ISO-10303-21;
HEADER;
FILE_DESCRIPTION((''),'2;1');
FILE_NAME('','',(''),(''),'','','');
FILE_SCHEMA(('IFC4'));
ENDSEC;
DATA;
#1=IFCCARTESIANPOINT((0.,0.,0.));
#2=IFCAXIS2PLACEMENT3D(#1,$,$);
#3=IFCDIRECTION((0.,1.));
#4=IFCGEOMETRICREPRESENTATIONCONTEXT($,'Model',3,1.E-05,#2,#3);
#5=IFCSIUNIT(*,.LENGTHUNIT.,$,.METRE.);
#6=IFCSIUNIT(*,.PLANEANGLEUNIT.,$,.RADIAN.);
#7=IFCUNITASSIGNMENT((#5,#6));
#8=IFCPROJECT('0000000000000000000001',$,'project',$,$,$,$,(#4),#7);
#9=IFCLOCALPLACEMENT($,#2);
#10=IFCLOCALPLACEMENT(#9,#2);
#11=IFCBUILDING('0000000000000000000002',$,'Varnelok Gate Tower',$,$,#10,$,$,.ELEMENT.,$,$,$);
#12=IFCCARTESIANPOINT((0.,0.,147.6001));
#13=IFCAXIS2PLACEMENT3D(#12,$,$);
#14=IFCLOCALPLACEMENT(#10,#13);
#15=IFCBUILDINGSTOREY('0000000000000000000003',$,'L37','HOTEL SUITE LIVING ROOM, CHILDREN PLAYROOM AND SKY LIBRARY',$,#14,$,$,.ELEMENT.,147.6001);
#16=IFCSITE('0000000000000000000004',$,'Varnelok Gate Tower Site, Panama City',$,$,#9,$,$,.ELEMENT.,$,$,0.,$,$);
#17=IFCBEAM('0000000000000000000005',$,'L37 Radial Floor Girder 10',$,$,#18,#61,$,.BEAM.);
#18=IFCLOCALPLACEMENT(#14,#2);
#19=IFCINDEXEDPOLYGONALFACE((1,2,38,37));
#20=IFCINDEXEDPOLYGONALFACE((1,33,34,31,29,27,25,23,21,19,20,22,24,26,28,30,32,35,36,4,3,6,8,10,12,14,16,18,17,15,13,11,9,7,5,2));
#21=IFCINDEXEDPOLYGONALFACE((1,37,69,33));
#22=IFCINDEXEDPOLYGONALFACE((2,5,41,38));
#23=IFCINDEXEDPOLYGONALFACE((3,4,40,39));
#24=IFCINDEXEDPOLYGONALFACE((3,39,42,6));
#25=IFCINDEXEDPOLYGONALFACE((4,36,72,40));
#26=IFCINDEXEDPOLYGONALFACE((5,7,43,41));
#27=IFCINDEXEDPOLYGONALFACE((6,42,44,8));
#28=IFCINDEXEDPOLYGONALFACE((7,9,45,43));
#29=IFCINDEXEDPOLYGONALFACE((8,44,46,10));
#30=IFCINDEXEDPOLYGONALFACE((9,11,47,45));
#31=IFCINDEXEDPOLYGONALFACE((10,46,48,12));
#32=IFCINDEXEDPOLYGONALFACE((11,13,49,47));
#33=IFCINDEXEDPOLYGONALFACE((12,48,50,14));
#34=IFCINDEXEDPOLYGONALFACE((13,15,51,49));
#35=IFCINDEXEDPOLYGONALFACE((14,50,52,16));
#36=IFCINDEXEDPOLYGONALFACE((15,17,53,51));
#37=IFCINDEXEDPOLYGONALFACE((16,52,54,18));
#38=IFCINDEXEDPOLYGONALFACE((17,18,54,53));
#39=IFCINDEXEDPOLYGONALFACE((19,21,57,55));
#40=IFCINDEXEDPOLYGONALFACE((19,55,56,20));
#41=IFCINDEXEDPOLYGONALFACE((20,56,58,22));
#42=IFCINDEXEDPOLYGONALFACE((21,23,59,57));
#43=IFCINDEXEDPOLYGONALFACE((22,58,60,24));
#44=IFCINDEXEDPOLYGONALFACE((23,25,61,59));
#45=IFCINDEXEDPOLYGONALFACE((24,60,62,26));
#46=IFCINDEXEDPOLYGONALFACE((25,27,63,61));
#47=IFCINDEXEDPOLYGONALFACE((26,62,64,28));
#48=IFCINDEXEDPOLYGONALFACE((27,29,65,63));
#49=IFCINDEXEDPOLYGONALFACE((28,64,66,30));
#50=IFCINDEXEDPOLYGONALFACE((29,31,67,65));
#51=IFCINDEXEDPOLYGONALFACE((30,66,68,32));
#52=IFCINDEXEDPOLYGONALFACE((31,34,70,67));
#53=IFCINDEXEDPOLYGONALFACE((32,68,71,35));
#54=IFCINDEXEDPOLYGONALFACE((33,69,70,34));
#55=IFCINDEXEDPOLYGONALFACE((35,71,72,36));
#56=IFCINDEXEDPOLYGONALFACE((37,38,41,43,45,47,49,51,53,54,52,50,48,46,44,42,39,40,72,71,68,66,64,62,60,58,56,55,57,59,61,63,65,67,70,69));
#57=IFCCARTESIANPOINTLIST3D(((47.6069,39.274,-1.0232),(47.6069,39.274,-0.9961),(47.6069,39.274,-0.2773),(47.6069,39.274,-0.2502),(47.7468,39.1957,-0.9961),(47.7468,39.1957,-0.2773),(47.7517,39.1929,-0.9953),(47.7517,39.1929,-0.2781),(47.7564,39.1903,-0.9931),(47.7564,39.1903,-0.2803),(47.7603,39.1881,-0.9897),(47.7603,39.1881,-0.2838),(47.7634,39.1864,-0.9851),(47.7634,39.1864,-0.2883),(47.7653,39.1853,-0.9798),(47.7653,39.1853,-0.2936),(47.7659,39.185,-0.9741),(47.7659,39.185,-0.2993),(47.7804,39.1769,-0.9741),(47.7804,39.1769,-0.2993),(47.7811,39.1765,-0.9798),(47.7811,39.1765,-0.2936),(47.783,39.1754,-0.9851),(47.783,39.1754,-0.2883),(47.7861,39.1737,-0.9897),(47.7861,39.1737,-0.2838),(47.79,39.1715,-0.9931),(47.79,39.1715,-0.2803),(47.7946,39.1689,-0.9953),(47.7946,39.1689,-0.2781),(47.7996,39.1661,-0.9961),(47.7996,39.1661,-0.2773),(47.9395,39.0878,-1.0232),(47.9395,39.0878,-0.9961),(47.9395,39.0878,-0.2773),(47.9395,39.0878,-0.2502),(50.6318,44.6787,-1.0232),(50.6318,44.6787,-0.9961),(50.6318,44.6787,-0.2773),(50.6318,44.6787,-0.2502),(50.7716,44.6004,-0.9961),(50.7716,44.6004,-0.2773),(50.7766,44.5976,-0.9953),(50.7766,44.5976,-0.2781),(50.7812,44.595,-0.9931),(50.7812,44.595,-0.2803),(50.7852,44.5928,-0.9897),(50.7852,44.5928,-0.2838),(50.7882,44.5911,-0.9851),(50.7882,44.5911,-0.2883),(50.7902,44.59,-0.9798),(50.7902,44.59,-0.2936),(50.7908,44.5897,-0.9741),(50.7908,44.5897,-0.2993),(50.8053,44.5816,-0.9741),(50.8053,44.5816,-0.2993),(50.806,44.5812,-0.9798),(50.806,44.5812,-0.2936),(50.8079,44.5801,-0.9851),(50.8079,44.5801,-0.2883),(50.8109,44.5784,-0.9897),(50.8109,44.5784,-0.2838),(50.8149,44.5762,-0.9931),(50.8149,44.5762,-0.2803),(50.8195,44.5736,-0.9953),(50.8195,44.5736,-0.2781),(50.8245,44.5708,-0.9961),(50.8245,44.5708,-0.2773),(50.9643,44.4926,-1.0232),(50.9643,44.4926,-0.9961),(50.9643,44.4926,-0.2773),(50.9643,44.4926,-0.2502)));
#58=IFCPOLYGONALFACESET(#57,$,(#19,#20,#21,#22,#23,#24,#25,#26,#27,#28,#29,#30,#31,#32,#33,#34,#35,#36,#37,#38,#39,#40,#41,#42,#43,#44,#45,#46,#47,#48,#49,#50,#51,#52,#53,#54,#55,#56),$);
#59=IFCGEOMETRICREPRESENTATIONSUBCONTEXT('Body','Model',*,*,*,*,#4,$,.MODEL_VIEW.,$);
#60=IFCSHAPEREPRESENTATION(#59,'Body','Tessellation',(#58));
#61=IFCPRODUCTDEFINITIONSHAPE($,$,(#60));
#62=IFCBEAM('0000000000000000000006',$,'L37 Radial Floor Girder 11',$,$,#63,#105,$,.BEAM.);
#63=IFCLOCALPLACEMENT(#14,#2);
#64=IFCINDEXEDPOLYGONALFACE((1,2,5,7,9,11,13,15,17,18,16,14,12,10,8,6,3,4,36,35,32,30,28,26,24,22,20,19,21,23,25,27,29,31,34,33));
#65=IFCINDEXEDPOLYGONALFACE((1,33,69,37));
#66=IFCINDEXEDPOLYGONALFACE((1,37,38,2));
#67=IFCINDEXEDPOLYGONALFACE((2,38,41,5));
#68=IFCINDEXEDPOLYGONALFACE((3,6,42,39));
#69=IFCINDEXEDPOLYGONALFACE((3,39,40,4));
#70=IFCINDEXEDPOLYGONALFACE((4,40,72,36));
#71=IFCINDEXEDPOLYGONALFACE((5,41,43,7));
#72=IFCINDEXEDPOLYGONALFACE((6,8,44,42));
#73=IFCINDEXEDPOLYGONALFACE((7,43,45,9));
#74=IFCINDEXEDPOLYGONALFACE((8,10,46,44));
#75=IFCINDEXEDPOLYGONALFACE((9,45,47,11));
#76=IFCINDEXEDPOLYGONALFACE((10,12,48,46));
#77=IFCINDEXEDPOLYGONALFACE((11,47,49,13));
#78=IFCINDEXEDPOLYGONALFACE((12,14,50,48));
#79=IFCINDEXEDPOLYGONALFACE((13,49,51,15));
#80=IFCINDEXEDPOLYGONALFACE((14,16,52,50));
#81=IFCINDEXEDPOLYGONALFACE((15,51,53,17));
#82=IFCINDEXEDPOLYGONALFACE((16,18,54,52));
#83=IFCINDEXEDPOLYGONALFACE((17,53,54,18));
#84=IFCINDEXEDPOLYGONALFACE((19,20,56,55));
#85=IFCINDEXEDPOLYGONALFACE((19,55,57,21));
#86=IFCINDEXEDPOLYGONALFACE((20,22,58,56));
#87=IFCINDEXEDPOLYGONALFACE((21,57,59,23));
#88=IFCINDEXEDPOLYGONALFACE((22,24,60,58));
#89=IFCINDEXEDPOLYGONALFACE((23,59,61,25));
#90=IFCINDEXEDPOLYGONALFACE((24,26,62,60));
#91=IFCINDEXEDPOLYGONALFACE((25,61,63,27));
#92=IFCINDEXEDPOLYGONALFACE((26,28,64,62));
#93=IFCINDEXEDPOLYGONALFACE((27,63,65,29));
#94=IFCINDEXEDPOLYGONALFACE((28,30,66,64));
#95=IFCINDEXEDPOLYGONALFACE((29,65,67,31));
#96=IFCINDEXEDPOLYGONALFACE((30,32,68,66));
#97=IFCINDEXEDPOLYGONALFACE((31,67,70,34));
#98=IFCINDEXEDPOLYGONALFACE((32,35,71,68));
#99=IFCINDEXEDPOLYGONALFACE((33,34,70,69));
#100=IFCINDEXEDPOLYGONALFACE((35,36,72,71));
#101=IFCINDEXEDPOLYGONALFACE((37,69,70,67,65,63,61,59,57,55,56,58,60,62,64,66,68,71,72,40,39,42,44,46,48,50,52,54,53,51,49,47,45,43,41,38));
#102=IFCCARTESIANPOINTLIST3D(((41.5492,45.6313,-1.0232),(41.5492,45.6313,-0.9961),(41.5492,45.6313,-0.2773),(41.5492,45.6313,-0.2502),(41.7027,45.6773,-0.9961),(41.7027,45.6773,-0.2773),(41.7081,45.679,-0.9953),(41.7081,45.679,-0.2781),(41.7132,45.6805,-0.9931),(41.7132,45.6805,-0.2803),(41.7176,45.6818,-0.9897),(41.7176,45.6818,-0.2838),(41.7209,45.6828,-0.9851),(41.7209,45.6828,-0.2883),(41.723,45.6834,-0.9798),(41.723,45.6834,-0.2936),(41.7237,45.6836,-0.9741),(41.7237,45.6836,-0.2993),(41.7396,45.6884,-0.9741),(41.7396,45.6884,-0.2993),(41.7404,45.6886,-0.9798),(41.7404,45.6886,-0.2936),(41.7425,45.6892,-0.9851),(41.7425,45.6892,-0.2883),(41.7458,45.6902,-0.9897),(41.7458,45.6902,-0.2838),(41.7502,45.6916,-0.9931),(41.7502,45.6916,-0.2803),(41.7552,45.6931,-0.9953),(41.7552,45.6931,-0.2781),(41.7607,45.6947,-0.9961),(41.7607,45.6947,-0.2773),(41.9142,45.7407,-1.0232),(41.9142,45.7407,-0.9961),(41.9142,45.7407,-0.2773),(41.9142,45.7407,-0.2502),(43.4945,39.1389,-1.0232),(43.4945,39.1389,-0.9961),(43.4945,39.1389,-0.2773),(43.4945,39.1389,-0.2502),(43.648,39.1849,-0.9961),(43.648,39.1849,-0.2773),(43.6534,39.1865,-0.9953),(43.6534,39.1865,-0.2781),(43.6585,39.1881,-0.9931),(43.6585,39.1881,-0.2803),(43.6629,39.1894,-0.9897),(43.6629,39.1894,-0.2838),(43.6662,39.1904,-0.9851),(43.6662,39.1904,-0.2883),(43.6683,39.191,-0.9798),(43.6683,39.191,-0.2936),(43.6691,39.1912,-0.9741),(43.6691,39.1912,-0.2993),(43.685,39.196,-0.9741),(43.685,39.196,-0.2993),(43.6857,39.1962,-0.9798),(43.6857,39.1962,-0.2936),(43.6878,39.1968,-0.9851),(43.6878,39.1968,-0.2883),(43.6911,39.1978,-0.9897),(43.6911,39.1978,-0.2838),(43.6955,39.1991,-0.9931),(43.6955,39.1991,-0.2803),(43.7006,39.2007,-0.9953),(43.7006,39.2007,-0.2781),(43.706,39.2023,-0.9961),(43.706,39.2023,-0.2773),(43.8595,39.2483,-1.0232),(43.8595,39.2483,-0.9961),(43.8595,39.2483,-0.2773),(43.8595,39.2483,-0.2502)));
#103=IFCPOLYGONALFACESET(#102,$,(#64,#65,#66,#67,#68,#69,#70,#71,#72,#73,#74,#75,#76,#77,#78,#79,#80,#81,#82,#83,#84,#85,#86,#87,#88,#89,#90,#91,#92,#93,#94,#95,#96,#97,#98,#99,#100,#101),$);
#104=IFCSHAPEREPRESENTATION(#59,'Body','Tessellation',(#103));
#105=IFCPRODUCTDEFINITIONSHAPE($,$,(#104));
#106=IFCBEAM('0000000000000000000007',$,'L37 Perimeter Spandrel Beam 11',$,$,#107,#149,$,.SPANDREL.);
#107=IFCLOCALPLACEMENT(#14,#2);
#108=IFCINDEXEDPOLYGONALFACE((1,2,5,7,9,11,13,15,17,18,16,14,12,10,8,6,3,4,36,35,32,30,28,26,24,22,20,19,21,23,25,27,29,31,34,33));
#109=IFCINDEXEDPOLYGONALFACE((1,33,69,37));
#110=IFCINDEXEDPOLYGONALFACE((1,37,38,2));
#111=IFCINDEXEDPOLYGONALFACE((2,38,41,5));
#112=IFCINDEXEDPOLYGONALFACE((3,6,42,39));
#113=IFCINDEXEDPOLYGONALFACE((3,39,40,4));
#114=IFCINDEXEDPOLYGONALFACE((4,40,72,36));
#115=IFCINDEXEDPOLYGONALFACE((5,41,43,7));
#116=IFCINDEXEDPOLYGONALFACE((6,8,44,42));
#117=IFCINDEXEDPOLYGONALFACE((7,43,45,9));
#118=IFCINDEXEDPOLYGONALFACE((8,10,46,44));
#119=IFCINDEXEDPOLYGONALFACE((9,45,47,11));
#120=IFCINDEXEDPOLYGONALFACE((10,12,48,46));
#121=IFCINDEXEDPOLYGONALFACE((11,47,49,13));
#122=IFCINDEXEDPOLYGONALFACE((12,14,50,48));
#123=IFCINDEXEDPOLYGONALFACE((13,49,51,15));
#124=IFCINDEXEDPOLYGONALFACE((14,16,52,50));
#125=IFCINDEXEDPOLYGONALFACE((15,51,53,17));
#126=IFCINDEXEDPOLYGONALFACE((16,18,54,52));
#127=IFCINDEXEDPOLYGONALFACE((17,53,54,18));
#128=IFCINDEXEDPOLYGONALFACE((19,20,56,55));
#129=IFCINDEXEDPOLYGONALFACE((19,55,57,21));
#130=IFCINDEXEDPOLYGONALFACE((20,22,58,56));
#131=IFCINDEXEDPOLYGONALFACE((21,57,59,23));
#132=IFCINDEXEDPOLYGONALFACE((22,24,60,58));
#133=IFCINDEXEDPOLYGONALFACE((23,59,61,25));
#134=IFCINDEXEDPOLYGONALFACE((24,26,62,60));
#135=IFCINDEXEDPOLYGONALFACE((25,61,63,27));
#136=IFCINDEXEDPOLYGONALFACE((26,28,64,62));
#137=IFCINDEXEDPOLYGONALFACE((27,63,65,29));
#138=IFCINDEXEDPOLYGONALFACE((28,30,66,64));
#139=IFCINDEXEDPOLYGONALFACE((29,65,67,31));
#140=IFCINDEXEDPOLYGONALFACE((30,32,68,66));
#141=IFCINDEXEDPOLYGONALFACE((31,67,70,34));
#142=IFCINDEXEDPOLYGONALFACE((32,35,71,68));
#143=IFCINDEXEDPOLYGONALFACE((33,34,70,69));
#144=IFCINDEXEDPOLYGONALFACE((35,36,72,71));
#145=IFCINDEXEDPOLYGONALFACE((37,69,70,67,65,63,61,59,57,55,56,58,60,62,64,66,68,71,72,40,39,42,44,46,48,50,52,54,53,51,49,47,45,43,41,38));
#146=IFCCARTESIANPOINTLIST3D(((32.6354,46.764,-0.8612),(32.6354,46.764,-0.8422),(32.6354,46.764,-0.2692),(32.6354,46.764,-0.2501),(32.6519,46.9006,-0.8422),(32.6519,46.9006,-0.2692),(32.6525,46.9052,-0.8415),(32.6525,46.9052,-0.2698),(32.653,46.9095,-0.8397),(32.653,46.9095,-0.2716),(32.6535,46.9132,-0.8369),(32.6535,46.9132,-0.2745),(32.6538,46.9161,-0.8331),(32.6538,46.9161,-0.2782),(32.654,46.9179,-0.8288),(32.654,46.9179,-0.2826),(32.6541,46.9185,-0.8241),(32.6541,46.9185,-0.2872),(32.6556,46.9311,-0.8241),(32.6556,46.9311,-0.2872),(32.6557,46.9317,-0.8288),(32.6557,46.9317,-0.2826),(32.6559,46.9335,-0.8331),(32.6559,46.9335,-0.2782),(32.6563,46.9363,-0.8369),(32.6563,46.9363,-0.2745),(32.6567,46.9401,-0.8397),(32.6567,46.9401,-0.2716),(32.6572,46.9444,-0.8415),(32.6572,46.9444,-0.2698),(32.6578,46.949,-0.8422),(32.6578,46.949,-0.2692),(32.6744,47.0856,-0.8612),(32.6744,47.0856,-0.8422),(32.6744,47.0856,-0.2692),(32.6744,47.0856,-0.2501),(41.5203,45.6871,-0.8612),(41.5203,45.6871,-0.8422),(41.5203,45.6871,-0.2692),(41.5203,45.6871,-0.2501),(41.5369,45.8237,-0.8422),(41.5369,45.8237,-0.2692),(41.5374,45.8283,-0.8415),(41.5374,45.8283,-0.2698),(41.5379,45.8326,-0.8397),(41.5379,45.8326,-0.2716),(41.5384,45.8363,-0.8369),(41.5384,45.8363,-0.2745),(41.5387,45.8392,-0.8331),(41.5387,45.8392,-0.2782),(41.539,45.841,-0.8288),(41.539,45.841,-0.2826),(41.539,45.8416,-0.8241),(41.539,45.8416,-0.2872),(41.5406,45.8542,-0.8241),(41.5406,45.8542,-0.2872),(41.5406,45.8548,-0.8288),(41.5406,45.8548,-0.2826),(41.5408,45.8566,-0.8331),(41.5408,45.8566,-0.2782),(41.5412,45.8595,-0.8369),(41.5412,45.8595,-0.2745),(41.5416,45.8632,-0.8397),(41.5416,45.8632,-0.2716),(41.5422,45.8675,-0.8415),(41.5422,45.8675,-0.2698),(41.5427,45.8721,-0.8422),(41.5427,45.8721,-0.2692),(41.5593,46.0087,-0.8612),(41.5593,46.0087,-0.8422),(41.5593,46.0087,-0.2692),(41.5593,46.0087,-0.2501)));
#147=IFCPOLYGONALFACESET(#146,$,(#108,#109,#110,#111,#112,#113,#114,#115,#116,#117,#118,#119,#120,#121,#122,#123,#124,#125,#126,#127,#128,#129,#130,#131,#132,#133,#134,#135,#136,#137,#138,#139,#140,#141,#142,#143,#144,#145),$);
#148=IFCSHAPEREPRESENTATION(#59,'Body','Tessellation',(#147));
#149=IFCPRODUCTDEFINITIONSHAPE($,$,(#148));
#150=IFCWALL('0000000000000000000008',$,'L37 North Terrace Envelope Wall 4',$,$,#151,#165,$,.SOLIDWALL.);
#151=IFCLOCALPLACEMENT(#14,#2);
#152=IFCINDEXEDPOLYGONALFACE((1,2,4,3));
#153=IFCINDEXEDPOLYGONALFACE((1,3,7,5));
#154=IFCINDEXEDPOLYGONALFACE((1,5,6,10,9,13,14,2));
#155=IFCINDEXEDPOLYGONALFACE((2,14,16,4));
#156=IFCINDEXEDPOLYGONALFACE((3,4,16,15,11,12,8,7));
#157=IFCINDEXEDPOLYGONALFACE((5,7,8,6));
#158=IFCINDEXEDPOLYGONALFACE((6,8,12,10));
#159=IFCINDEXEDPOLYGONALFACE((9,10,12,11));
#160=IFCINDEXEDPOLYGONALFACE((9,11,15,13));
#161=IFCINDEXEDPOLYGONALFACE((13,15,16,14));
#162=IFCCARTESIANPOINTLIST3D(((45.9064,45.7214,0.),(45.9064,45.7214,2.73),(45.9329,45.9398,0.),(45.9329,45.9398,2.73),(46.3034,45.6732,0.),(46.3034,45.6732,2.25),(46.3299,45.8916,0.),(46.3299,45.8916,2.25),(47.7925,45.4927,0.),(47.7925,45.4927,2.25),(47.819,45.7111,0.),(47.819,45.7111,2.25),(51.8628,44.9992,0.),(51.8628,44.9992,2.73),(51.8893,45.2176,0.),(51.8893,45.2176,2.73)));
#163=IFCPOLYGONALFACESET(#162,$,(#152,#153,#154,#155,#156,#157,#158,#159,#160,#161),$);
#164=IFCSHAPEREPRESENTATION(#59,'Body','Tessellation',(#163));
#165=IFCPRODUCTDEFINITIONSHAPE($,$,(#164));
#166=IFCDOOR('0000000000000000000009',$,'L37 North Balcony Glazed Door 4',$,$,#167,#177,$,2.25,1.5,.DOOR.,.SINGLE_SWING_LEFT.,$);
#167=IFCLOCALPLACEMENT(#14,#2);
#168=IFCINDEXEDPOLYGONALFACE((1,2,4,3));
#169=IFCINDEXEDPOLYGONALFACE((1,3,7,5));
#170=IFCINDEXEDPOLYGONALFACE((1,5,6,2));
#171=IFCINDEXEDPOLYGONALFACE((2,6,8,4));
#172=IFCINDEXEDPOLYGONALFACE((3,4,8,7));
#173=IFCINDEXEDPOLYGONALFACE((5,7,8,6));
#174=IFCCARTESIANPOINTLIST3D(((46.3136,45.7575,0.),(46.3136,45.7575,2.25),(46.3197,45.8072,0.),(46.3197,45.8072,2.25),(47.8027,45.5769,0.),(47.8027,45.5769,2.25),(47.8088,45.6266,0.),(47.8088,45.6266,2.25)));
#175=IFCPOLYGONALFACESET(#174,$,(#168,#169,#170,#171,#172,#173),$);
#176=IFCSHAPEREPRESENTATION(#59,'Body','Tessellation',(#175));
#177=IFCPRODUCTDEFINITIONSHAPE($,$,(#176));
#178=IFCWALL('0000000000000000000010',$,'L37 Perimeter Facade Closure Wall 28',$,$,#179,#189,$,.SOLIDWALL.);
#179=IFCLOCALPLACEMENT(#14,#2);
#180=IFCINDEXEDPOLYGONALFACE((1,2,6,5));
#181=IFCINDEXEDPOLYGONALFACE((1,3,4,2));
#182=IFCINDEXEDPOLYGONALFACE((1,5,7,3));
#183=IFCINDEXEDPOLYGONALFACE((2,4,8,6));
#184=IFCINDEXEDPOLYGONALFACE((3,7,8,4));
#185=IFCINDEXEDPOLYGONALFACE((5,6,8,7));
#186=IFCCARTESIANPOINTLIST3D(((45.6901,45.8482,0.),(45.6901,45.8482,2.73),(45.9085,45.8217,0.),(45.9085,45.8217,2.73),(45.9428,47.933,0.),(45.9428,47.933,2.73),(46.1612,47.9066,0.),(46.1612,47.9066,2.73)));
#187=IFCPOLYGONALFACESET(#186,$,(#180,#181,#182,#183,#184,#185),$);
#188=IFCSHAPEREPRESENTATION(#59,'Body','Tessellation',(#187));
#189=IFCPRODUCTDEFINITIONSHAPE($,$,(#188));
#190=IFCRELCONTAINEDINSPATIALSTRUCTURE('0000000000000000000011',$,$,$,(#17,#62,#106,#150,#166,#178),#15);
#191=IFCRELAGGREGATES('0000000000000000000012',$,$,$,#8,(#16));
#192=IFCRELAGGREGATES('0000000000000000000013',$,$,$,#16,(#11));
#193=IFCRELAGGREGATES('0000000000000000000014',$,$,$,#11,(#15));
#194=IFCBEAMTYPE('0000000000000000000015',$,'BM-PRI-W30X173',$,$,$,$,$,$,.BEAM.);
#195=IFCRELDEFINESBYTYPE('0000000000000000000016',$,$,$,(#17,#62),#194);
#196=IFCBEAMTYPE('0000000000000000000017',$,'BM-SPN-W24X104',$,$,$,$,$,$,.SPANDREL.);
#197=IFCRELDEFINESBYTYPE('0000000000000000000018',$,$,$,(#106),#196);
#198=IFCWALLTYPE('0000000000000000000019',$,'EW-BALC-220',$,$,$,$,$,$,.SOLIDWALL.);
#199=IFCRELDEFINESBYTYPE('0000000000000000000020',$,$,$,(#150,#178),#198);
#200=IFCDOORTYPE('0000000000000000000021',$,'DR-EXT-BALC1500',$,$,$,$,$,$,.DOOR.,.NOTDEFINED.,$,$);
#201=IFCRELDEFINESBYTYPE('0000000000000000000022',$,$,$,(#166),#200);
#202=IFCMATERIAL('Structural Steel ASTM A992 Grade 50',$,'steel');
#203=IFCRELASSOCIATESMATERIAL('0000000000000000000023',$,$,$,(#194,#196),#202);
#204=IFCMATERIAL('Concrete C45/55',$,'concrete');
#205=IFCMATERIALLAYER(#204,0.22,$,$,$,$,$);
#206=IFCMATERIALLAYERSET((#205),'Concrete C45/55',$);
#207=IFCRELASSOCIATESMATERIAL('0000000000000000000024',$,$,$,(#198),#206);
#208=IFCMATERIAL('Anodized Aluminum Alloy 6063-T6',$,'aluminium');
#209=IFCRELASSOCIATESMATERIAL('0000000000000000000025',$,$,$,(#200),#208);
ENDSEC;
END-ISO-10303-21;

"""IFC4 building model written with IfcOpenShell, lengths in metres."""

from ifc_helpers import new_model, si_unit, direction, frame, frame_2d, origin, origin_2d, place, context, subcontext, project, spatial, rectangle, i_section, extrude, material, layer, layer_set, material_profile, profile_set, type_object, element, fill, save


model = new_model("IFC4")

# Units and contexts
model_context = context("Model", 3, precision=1e-05, world=origin(), true_north=direction((0.0, 1.0)))
body_context = subcontext(model_context, "Body", "Model", "MODEL_VIEW")
ifc_project = project(units=[si_unit("LENGTHUNIT", "METRE"), si_unit("PLANEANGLEUNIT", "RADIAN")], contexts=[model_context])

# Site, building, storey
site_placement = place(None, origin())
site = spatial("IfcSite", under=ifc_project, at=site_placement, Name="Varnelok Gate Tower Site, Panama City", CompositionType="ELEMENT", RefElevation=0.0)
building_placement = place(site_placement, origin())
building = spatial("IfcBuilding", under=site, at=building_placement, Name="Varnelok Gate Tower", CompositionType="ELEMENT")
storey_placement = place(building_placement, frame((0.0, 0.0, 147.6001)))
storey = spatial("IfcBuildingStorey", under=building, at=storey_placement, Name="L37", Description="HOTEL SUITE LIVING ROOM, CHILDREN PLAYROOM AND SKY LIBRARY", CompositionType="ELEMENT", Elevation=147.6001)

# Shared definitions
ifc_material_1 = material(Name="Structural Steel ASTM A992 Grade 50", Category="steel")

# Beams
ifc_material_profile_1 = material_profile(ifc_material_1, i_section(OverallWidth=0.3811, OverallDepth=0.7729, WebThickness=0.0166, FlangeThickness=0.0271, FilletRadius=0.022, at=origin_2d()), Name="W30X173")
ifc_profile_set_1 = profile_set([ifc_material_profile_1], Name="Structural Steel ASTM A992 Grade 50")
beam_type_1 = type_object("IfcBeamType", Name="BM-PRI-W30X173", PredefinedType="BEAM", material=ifc_profile_set_1)
beam_1_placement = place(storey_placement, frame((47.7732, 39.1809, -0.6367), z_axis=(0.488385, 0.872628, 0.0), x_axis=(-0.872628, 0.488385, 0.0)))
element("IfcBeam", 1, at=beam_1_placement, inside=storey, type_object=beam_type_1, Name="L37 Radial Floor Girder 10", PredefinedType="BEAM", context=body_context, shape_type="SweptSolid", body=[
    extrude(i_section(OverallWidth=0.3811, OverallDepth=0.7729, WebThickness=0.0166, FlangeThickness=0.0271, FilletRadius=0.022, at=origin_2d()), origin(), (0.0, 0.0, 1.0), 6.1936),
])
beam_2_placement = place(storey_placement, frame((43.677, 39.1936, -0.6367), z_axis=(-0.287021, 0.957924, 0.0), x_axis=(-0.957924, -0.287021, 0.0)))
element("IfcBeam", 2, at=beam_2_placement, inside=storey, type_object=beam_type_1, Name="L37 Radial Floor Girder 11", PredefinedType="BEAM", context=body_context, shape_type="SweptSolid", body=[
    extrude(i_section(OverallWidth=0.3811, OverallDepth=0.7729, WebThickness=0.0166, FlangeThickness=0.0271, FilletRadius=0.022, at=origin_2d()), origin(), (0.0, 0.0, 1.0), 6.7776),
])
ifc_material_profile_2 = material_profile(ifc_material_1, i_section(OverallWidth=0.324, OverallDepth=0.6111, WebThickness=0.0127, FlangeThickness=0.019, FilletRadius=0.0181, at=origin_2d()), Name="W24X104")
ifc_profile_set_2 = profile_set([ifc_material_profile_2], Name="Structural Steel ASTM A992 Grade 50")
beam_type_2 = type_object("IfcBeamType", Name="BM-SPN-W24X104", PredefinedType="SPANDREL", material=ifc_profile_set_2)
beam_3_placement = place(storey_placement, frame((41.5398, 45.8479, -0.5557), z_axis=(-0.992735, 0.120324, 0.0), x_axis=(-0.120324, -0.992735, 0.0)))
element("IfcBeam", 3, at=beam_3_placement, inside=storey, type_object=beam_type_2, Name="L37 Perimeter Spandrel Beam 11", PredefinedType="SPANDREL", context=body_context, shape_type="SweptSolid", body=[
    extrude(i_section(OverallWidth=0.324, OverallDepth=0.6111, WebThickness=0.0127, FlangeThickness=0.019, FilletRadius=0.0181, at=origin_2d()), origin(), (0.0, 0.0, 1.0), 8.95),
])

# Wall, opening, door
ifc_material_2 = material(Name="Concrete C45/55", Category="concrete")
ifc_layer_1 = layer(ifc_material_2, 0.22)
ifc_layer_set_1 = layer_set([ifc_layer_1], Name="Concrete C45/55")
wall_type_1 = type_object("IfcWallType", Name="EW-BALC-220", PredefinedType="SOLIDWALL", material=ifc_layer_set_1)
wall_1_placement = place(storey_placement, frame((45.9197, 45.8306, 0.0), z_axis=(0.0, 0.0, 1.0), x_axis=(0.99273, -0.120363, 0.0)))
wall_1 = element("IfcWall", 4, at=wall_1_placement, inside=storey, type_object=wall_type_1, Name="L37 North Terrace Envelope Wall 4", PredefinedType="SOLIDWALL", context=body_context, shape_type="SweptSolid", body=[
    extrude(rectangle(XDim=6.0, YDim=0.22, at=frame_2d((3.0, 0.0))), origin(), (0.0, 0.0, 1.0), 2.73),
])
opening_1_placement = place(wall_1_placement, frame((0.3999, 0.0, 0.0)))
opening_1 = element("IfcOpeningElement", 5, at=opening_1_placement, cuts=wall_1, PredefinedType="OPENING", context=body_context, shape_type="SweptSolid", body=[
    extrude(rectangle(XDim=1.5, YDim=2.25, at=frame_2d((0.75, 1.125))), frame((0.0, 0.1199, 0.0), z_axis=(0.0, -1.0, 0.0), x_axis=(1.0, 0.0, 0.0)), (0.0, 0.0, 1.0), 0.24),
])
ifc_material_3 = material(Name="Anodized Aluminum Alloy 6063-T6", Category="aluminium")
door_type_1 = type_object("IfcDoorType", Name="DR-EXT-BALC1500", OperationType="NOTDEFINED", PredefinedType="DOOR", material=ifc_material_3)
door_1_placement = place(opening_1_placement, origin())
door_1 = element("IfcDoor", 6, at=door_1_placement, inside=storey, type_object=door_type_1, Name="L37 North Balcony Glazed Door 4", OperationType="SINGLE_SWING_LEFT", OverallHeight=2.25, OverallWidth=1.5, PredefinedType="DOOR", context=body_context, shape_type="SweptSolid", body=[
    extrude(rectangle(XDim=1.5, YDim=2.25, at=frame_2d((0.75, 1.125))), frame((0.0, 0.0249, 0.0), z_axis=(0.0, -1.0, 0.0), x_axis=(1.0, 0.0, 0.0)), (0.0, 0.0, 1.0), 0.05),
])
fill(opening_1, door_1)

# Wall
wall_2_placement = place(storey_placement, frame((45.7993, 45.835, 0.0), z_axis=(0.0, 0.0, 1.0), x_axis=(0.120314, 0.992736, 0.0)))
element("IfcWall", 7, at=wall_2_placement, inside=storey, type_object=wall_type_1, Name="L37 Perimeter Facade Closure Wall 28", PredefinedType="SOLIDWALL", context=body_context, shape_type="SweptSolid", body=[
    extrude(rectangle(XDim=2.1001, YDim=0.22, at=frame_2d((1.05, 0.0))), origin(), (0.0, 0.0, 1.0), 2.73),
])

save(model, "model.ifc")
